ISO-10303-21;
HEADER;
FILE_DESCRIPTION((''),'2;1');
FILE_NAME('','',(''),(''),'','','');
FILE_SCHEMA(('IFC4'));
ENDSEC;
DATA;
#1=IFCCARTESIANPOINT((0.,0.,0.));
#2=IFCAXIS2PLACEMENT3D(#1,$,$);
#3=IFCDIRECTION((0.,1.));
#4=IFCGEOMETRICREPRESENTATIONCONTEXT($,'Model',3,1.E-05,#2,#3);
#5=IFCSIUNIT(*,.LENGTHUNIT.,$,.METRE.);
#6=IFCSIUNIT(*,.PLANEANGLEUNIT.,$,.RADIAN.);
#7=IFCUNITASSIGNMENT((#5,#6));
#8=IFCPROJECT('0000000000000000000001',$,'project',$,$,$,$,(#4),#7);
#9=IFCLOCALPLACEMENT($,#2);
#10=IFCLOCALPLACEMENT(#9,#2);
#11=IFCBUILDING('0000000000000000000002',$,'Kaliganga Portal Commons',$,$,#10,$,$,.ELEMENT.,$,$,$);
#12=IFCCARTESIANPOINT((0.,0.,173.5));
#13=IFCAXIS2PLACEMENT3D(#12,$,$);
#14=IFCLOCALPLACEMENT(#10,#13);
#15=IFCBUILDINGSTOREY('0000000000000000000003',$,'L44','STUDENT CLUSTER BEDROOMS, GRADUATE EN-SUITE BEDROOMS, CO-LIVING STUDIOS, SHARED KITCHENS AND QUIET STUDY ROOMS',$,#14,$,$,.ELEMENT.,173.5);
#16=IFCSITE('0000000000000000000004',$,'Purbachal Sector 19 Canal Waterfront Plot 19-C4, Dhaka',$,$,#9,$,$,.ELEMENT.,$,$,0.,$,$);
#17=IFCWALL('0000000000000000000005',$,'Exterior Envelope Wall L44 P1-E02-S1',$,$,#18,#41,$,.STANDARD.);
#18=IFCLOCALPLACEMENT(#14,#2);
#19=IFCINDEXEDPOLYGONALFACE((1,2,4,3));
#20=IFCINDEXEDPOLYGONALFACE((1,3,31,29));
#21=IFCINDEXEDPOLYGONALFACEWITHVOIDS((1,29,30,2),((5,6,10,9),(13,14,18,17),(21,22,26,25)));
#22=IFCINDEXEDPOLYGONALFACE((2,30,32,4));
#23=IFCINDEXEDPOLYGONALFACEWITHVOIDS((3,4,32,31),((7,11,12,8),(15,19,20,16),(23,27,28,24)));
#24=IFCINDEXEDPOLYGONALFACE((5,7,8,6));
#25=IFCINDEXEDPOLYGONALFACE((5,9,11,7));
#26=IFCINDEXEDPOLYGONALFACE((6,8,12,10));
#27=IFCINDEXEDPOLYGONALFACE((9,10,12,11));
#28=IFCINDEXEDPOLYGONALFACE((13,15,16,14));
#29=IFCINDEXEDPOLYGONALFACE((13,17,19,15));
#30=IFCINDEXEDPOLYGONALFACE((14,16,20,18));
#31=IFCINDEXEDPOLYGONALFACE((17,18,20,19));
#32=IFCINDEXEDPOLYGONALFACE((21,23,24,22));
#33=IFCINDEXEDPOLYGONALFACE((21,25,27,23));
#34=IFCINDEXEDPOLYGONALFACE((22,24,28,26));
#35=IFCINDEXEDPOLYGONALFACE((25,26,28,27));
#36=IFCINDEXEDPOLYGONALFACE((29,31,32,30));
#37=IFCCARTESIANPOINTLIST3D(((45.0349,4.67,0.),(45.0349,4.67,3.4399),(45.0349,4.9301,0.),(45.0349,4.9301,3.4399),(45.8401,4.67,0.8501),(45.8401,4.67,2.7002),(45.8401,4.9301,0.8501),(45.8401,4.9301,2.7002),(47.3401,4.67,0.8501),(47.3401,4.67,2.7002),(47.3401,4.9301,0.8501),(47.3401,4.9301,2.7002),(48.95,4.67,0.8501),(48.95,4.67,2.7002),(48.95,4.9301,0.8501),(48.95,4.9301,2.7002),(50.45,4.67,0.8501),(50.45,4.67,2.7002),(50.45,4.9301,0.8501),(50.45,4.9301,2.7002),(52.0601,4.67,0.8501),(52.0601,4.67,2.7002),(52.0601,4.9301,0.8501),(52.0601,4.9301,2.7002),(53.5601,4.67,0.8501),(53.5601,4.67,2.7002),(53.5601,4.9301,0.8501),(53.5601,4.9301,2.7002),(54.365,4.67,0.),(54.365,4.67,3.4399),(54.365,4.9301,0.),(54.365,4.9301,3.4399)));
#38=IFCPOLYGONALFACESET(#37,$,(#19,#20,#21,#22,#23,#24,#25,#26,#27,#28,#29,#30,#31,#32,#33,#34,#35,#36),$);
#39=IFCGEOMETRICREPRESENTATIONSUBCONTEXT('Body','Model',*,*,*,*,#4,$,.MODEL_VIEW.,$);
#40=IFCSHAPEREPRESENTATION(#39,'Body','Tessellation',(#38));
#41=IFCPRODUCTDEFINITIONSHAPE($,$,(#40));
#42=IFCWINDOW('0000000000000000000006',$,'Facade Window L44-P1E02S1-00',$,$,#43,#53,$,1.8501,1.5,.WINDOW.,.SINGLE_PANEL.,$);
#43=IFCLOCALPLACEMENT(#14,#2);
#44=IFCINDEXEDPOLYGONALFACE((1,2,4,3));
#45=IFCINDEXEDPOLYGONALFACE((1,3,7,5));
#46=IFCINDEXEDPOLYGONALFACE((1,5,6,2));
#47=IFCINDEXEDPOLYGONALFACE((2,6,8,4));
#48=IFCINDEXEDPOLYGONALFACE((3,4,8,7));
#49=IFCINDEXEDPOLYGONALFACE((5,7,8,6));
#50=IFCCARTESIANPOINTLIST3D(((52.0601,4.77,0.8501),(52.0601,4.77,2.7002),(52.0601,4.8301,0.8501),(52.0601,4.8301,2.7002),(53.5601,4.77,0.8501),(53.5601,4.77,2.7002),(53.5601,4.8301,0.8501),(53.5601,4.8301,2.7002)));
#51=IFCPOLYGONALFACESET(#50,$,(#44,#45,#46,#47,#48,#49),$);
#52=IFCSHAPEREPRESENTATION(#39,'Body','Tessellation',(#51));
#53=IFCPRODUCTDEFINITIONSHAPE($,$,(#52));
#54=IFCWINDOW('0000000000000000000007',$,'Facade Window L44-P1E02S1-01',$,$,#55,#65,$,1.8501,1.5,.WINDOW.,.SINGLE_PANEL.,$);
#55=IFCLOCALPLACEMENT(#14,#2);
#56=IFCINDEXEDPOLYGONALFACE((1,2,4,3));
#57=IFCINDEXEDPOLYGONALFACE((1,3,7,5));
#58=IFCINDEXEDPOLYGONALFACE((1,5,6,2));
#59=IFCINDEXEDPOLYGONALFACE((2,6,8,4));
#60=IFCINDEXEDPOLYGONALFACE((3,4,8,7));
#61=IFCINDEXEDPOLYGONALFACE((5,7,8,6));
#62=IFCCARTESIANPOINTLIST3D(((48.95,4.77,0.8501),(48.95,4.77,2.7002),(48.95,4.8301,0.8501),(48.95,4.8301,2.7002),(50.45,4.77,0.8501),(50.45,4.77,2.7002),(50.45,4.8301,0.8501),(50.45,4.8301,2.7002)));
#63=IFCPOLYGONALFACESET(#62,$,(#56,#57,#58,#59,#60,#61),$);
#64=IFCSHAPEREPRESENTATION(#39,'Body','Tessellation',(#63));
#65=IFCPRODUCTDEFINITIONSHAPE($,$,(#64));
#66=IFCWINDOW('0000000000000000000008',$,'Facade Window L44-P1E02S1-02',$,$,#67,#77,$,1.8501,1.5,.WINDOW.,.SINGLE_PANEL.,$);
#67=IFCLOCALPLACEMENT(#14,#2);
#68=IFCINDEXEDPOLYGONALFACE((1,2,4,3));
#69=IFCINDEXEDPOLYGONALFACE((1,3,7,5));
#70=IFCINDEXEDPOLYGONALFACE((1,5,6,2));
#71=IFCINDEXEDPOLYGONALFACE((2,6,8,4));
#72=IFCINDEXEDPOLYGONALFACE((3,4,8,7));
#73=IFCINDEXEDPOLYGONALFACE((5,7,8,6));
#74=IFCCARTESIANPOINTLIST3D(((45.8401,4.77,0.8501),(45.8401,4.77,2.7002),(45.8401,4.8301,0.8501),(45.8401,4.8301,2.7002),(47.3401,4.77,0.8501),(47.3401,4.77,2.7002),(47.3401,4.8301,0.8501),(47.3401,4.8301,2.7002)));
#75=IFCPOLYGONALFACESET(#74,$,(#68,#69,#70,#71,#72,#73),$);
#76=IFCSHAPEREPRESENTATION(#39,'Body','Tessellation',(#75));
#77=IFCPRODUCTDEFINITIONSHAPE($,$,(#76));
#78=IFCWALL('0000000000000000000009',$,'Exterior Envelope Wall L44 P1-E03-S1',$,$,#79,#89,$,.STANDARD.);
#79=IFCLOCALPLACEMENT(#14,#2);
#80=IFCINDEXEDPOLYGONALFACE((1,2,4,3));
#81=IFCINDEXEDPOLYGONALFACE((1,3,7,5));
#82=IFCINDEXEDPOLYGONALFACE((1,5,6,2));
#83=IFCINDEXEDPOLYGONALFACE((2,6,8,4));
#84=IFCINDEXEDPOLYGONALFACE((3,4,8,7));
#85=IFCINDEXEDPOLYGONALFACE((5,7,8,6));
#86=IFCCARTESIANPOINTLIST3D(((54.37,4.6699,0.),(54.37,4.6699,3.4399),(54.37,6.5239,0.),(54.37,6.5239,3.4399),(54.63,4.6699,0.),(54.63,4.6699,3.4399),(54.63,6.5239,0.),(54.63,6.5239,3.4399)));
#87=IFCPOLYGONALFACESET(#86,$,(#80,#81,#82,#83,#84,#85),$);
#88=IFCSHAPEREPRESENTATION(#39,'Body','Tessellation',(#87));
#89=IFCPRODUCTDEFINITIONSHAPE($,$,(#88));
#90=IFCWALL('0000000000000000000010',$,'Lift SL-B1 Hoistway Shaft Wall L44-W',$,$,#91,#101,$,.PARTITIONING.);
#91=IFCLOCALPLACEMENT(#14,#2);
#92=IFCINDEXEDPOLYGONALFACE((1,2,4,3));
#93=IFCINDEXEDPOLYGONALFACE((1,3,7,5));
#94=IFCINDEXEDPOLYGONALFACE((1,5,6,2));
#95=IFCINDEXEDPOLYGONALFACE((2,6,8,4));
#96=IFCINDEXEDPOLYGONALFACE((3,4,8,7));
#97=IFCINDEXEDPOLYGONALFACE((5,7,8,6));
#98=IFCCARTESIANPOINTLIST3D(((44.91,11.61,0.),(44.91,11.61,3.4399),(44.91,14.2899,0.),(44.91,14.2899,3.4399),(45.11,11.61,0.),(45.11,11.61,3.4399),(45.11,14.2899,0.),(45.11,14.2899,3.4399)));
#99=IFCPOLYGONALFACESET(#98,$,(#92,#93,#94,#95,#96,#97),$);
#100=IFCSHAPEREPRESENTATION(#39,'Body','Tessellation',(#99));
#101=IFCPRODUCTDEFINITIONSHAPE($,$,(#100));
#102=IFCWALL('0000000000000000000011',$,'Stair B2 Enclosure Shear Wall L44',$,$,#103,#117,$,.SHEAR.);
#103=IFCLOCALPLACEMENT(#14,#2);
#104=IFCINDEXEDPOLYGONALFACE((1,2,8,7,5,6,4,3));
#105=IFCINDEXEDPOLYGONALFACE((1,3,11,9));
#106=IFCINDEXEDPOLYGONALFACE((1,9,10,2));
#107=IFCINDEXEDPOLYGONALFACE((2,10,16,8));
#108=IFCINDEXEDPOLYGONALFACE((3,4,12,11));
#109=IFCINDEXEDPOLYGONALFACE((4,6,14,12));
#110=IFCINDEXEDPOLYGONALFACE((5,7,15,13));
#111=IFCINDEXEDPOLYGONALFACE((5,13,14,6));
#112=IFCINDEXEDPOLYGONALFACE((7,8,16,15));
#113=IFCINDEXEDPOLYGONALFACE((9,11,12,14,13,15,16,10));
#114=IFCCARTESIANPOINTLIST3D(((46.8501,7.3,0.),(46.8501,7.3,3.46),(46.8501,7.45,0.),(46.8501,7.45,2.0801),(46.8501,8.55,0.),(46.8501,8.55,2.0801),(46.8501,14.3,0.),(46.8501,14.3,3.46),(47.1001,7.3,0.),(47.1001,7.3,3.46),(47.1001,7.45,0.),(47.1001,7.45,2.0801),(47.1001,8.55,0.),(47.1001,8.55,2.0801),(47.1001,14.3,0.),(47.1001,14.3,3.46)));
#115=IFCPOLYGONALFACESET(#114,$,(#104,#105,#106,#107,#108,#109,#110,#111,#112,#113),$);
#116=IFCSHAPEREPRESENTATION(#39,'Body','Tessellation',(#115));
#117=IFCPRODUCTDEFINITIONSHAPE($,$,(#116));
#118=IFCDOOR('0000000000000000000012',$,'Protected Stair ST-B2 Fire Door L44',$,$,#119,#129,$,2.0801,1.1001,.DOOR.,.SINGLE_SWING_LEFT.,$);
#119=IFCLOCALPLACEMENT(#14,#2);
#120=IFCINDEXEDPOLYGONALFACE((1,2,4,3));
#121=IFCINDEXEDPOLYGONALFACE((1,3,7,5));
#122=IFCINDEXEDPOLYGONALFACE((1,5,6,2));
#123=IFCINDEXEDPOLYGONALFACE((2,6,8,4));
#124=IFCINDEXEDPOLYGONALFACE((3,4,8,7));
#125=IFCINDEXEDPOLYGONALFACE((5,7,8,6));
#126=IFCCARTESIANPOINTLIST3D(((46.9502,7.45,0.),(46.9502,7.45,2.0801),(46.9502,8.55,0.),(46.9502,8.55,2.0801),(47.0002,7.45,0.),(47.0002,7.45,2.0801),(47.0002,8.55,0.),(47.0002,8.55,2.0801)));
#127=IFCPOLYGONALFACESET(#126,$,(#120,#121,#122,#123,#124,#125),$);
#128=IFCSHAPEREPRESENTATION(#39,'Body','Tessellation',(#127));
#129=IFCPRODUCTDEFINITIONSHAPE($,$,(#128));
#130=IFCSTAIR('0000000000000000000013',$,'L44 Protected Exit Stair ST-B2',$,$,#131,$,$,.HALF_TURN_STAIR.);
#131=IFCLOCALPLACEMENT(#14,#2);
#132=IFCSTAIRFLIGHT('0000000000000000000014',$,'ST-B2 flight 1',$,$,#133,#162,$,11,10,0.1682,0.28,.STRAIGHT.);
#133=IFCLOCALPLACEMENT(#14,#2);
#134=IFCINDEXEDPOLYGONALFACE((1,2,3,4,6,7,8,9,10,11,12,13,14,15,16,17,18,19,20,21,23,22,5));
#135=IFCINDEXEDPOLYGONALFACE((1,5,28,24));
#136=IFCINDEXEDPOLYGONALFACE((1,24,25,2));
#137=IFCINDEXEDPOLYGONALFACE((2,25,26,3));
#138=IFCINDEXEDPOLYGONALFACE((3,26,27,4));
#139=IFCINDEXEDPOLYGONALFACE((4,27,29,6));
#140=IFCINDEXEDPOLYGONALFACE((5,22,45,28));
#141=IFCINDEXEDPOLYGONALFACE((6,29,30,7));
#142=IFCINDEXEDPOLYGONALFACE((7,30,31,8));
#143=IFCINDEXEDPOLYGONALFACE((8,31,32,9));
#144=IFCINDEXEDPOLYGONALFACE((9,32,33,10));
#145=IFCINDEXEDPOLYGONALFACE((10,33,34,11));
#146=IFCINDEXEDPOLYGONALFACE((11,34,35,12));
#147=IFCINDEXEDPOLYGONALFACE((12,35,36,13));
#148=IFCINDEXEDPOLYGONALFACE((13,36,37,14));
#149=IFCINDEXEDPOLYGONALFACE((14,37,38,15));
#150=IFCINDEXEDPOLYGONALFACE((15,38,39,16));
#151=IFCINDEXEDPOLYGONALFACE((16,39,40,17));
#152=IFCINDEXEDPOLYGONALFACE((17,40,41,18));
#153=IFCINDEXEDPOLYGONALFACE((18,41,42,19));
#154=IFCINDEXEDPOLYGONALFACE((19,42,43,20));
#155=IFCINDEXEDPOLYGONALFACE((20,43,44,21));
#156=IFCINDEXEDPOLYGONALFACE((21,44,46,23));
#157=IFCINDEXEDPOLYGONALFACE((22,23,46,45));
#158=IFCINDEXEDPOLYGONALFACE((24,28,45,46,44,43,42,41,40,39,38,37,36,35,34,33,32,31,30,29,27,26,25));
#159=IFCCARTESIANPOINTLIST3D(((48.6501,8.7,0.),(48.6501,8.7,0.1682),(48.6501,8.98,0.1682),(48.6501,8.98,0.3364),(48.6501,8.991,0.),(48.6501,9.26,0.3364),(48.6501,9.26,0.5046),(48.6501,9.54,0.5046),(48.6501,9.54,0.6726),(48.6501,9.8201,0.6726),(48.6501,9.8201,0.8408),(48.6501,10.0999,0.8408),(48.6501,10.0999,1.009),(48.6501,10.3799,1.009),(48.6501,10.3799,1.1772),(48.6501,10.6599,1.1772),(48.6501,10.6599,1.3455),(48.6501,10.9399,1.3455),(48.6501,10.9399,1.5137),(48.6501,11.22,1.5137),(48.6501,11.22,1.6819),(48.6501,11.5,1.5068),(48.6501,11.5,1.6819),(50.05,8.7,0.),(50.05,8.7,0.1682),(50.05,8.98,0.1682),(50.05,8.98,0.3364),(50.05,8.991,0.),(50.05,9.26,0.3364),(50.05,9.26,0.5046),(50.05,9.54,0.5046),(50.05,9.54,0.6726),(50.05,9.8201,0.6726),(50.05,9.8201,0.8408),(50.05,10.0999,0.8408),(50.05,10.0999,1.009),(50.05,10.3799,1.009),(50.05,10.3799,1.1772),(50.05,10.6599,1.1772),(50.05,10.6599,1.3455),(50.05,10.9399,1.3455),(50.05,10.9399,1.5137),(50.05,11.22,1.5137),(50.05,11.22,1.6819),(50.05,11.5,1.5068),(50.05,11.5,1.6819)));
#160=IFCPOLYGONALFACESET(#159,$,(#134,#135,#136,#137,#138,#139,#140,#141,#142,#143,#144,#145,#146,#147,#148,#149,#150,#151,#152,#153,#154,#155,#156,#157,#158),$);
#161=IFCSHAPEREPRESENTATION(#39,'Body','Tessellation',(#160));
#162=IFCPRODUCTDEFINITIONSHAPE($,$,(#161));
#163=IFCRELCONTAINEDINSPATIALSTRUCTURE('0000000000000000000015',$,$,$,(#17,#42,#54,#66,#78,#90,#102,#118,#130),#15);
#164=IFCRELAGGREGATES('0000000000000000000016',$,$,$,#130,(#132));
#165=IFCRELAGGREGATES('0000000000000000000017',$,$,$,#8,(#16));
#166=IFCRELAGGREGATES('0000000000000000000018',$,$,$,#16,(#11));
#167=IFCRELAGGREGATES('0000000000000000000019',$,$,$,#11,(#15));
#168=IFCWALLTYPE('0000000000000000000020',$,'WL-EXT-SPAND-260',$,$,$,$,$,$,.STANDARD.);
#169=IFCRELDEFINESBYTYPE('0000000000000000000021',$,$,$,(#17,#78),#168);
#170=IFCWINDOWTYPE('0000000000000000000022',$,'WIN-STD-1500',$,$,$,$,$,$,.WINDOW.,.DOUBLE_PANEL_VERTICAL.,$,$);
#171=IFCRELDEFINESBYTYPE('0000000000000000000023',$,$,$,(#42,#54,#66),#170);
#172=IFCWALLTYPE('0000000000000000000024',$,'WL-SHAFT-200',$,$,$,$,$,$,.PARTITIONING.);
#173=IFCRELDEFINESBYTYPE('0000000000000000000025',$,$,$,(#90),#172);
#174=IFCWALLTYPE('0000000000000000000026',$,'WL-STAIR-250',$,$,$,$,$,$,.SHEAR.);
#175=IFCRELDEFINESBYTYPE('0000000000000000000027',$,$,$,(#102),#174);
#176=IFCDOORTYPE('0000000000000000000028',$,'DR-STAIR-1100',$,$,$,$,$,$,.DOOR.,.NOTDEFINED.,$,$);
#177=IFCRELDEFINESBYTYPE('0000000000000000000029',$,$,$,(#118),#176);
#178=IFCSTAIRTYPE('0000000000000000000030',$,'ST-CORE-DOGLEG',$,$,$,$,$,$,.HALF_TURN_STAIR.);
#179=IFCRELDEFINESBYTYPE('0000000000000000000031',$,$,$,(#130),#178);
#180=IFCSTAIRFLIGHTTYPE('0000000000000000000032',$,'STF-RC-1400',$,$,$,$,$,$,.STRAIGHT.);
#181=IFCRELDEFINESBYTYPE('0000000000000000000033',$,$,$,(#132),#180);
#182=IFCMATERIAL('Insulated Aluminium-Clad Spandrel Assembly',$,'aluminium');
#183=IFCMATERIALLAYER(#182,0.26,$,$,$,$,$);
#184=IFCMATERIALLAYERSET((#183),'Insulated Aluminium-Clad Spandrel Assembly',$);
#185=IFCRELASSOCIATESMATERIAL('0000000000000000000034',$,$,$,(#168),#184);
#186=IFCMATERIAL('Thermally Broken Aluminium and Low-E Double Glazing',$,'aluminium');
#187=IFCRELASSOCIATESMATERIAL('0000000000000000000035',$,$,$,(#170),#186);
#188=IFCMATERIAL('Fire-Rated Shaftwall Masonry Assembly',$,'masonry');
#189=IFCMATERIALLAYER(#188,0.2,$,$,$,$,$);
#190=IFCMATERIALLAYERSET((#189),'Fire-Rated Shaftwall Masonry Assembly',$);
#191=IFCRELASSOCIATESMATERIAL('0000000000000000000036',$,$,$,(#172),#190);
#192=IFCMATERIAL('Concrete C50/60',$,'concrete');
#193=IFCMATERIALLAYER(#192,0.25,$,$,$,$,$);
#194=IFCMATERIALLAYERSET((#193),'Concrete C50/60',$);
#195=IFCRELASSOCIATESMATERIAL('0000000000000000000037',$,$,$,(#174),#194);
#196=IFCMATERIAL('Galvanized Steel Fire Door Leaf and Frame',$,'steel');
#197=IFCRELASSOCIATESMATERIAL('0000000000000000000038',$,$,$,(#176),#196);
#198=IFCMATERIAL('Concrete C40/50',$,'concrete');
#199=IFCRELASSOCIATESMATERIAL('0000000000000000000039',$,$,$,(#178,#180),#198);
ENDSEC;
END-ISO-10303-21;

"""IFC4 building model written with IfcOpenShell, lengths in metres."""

from ifc_helpers import new_model, si_unit, direction, frame, frame_2d, origin, place, context, subcontext, project, spatial, polyline, rectangle, outline, extrude, material, layer, layer_set, type_object, element, fill, aggregate, save


model = new_model("IFC4")

# Units and contexts
model_context = context("Model", 3, precision=1e-05, world=origin(), true_north=direction((0.0, 1.0)))
body_context = subcontext(model_context, "Body", "Model", "MODEL_VIEW")
ifc_project = project(units=[si_unit("LENGTHUNIT", "METRE"), si_unit("PLANEANGLEUNIT", "RADIAN")], contexts=[model_context])

# Site, building, storey
site_placement = place(None, origin())
site = spatial("IfcSite", under=ifc_project, at=site_placement, Name="Purbachal Sector 19 Canal Waterfront Plot 19-C4, Dhaka", CompositionType="ELEMENT", RefElevation=0.0)
building_placement = place(site_placement, origin())
building = spatial("IfcBuilding", under=site, at=building_placement, Name="Kaliganga Portal Commons", CompositionType="ELEMENT")
storey_placement = place(building_placement, frame((0.0, 0.0, 173.5)))
storey = spatial("IfcBuildingStorey", under=building, at=storey_placement, Name="L44", Description="STUDENT CLUSTER BEDROOMS, GRADUATE EN-SUITE BEDROOMS, CO-LIVING STUDIOS, SHARED KITCHENS AND QUIET STUDY ROOMS", CompositionType="ELEMENT", Elevation=173.5)

# Wall, openings, windows
ifc_material_1 = material(Name="Insulated Aluminium-Clad Spandrel Assembly", Category="aluminium")
ifc_layer_1 = layer(ifc_material_1, 0.26)
ifc_layer_set_1 = layer_set([ifc_layer_1], Name="Insulated Aluminium-Clad Spandrel Assembly")
wall_type_1 = type_object("IfcWallType", Name="WL-EXT-SPAND-260", PredefinedType="STANDARD", material=ifc_layer_set_1)
wall_1_placement = place(storey_placement, frame((54.365, 4.8, 0.0), z_axis=(0.0, 0.0, 1.0), x_axis=(-1.0, 0.0, 0.0)))
wall_1 = element("IfcWall", 1, at=wall_1_placement, inside=storey, type_object=wall_type_1, Name="Exterior Envelope Wall L44 P1-E02-S1", PredefinedType="STANDARD", context=body_context, shape_type="SweptSolid", body=[
    extrude(rectangle(XDim=9.3301, YDim=0.26, at=frame_2d((4.665, 0.0))), origin(), (0.0, 0.0, 1.0), 3.4399),
])
opening_1_placement = place(wall_1_placement, frame((0.8049, 0.0, 0.8501)))
opening_1 = element("IfcOpeningElement", 2, at=opening_1_placement, cuts=wall_1, PredefinedType="OPENING", context=body_context, shape_type="SweptSolid", body=[
    extrude(rectangle(XDim=1.5, YDim=1.8501, at=frame_2d((0.75, 0.925))), frame((0.0, 0.1401, 0.0), z_axis=(0.0, -1.0, 0.0), x_axis=(1.0, 0.0, 0.0)), (0.0, 0.0, 1.0), 0.28),
])
opening_2_placement = place(wall_1_placement, frame((3.915, 0.0, 0.8501)))
opening_2 = element("IfcOpeningElement", 3, at=opening_2_placement, cuts=wall_1, PredefinedType="OPENING", context=body_context, shape_type="SweptSolid", body=[
    extrude(rectangle(XDim=1.5, YDim=1.8501, at=frame_2d((0.75, 0.925))), frame((0.0, 0.1401, 0.0), z_axis=(0.0, -1.0, 0.0), x_axis=(1.0, 0.0, 0.0)), (0.0, 0.0, 1.0), 0.28),
])
opening_3_placement = place(wall_1_placement, frame((7.0249, 0.0, 0.8501)))
opening_3 = element("IfcOpeningElement", 4, at=opening_3_placement, cuts=wall_1, PredefinedType="OPENING", context=body_context, shape_type="SweptSolid", body=[
    extrude(rectangle(XDim=1.5, YDim=1.8501, at=frame_2d((0.75, 0.925))), frame((0.0, 0.1401, 0.0), z_axis=(0.0, -1.0, 0.0), x_axis=(1.0, 0.0, 0.0)), (0.0, 0.0, 1.0), 0.28),
])
ifc_material_2 = material(Name="Thermally Broken Aluminium and Low-E Double Glazing", Category="aluminium")
window_type = type_object("IfcWindowType", Name="WIN-STD-1500", PartitioningType="DOUBLE_PANEL_VERTICAL", PredefinedType="WINDOW", material=ifc_material_2)
window_1_placement = place(opening_1_placement, origin())
window_1 = element("IfcWindow", 5, at=window_1_placement, inside=storey, type_object=window_type, Name="Facade Window L44-P1E02S1-00", OverallHeight=1.8501, OverallWidth=1.5, PartitioningType="SINGLE_PANEL", PredefinedType="WINDOW", context=body_context, shape_type="SweptSolid", body=[
    extrude(rectangle(XDim=1.5, YDim=1.8501, at=frame_2d((0.75, 0.925))), frame((0.0, 0.03, 0.0), z_axis=(0.0, -1.0, 0.0), x_axis=(1.0, 0.0, 0.0)), (0.0, 0.0, 1.0), 0.0601),
])
fill(opening_1, window_1)
window_2_placement = place(opening_2_placement, origin())
window_2 = element("IfcWindow", 6, at=window_2_placement, inside=storey, type_object=window_type, Name="Facade Window L44-P1E02S1-01", OverallHeight=1.8501, OverallWidth=1.5, PartitioningType="SINGLE_PANEL", PredefinedType="WINDOW", context=body_context, shape_type="SweptSolid", body=[
    extrude(rectangle(XDim=1.5, YDim=1.8501, at=frame_2d((0.75, 0.925))), frame((0.0, 0.03, 0.0), z_axis=(0.0, -1.0, 0.0), x_axis=(1.0, 0.0, 0.0)), (0.0, 0.0, 1.0), 0.0601),
])
fill(opening_2, window_2)
window_3_placement = place(opening_3_placement, origin())
window_3 = element("IfcWindow", 7, at=window_3_placement, inside=storey, type_object=window_type, Name="Facade Window L44-P1E02S1-02", OverallHeight=1.8501, OverallWidth=1.5, PartitioningType="SINGLE_PANEL", PredefinedType="WINDOW", context=body_context, shape_type="SweptSolid", body=[
    extrude(rectangle(XDim=1.5, YDim=1.8501, at=frame_2d((0.75, 0.925))), frame((0.0, 0.03, 0.0), z_axis=(0.0, -1.0, 0.0), x_axis=(1.0, 0.0, 0.0)), (0.0, 0.0, 1.0), 0.0601),
])
fill(opening_3, window_3)

# Walls
wall_2_placement = place(storey_placement, frame((54.5, 6.5239, 0.0), z_axis=(0.0, 0.0, 1.0), x_axis=(0.0, -1.0, 0.0)))
element("IfcWall", 8, at=wall_2_placement, inside=storey, type_object=wall_type_1, Name="Exterior Envelope Wall L44 P1-E03-S1", PredefinedType="STANDARD", context=body_context, shape_type="SweptSolid", body=[
    extrude(rectangle(XDim=1.854, YDim=0.26, at=frame_2d((0.927, 0.0))), origin(), (0.0, 0.0, 1.0), 3.4399),
])
ifc_material_3 = material(Name="Fire-Rated Shaftwall Masonry Assembly", Category="masonry")
ifc_layer_2 = layer(ifc_material_3, 0.2)
ifc_layer_set_2 = layer_set([ifc_layer_2], Name="Fire-Rated Shaftwall Masonry Assembly")
wall_type_2 = type_object("IfcWallType", Name="WL-SHAFT-200", PredefinedType="PARTITIONING", material=ifc_layer_set_2)
wall_3_placement = place(storey_placement, frame((45.01, 11.6101, 0.0), z_axis=(0.0, 0.0, 1.0), x_axis=(0.0, 1.0, 0.0)))
element("IfcWall", 9, at=wall_3_placement, inside=storey, type_object=wall_type_2, Name="Lift SL-B1 Hoistway Shaft Wall L44-W", PredefinedType="PARTITIONING", context=body_context, shape_type="SweptSolid", body=[
    extrude(rectangle(XDim=2.6799, YDim=0.2, at=frame_2d((1.3398, 0.0))), origin(), (0.0, 0.0, 1.0), 3.4399),
])

# Wall, opening, door
ifc_material_4 = material(Name="Concrete C50/60", Category="concrete")
ifc_layer_3 = layer(ifc_material_4, 0.25)
ifc_layer_set_3 = layer_set([ifc_layer_3], Name="Concrete C50/60")
wall_type_3 = type_object("IfcWallType", Name="WL-STAIR-250", PredefinedType="SHEAR", material=ifc_layer_set_3)
wall_4_placement = place(storey_placement, frame((46.9751, 7.3, 0.0), z_axis=(0.0, 0.0, 1.0), x_axis=(0.0, 1.0, 0.0)))
wall_4 = element("IfcWall", 10, at=wall_4_placement, inside=storey, type_object=wall_type_3, Name="Stair B2 Enclosure Shear Wall L44", PredefinedType="SHEAR", context=body_context, shape_type="SweptSolid", body=[
    extrude(rectangle(XDim=7.0, YDim=0.25, at=frame_2d((3.5, 0.0))), origin(), (0.0, 0.0, 1.0), 3.46),
])
opening_4_placement = place(wall_4_placement, frame((0.1499, 0.0, 0.0)))
opening_4 = element("IfcOpeningElement", 11, at=opening_4_placement, cuts=wall_4, PredefinedType="OPENING", context=body_context, shape_type="SweptSolid", body=[
    extrude(rectangle(XDim=1.1001, YDim=2.0801, at=frame_2d((0.55, 1.04))), frame((0.0, 0.135, 0.0), z_axis=(0.0, -1.0, 0.0), x_axis=(1.0, 0.0, 0.0)), (0.0, 0.0, 1.0), 0.27),
])
ifc_material_5 = material(Name="Galvanized Steel Fire Door Leaf and Frame", Category="steel")
door_type = type_object("IfcDoorType", Name="DR-STAIR-1100", OperationType="NOTDEFINED", PredefinedType="DOOR", material=ifc_material_5)
door_placement = place(opening_4_placement, origin())
door = element("IfcDoor", 12, at=door_placement, inside=storey, type_object=door_type, Name="Protected Stair ST-B2 Fire Door L44", OperationType="SINGLE_SWING_LEFT", OverallHeight=2.0801, OverallWidth=1.1001, PredefinedType="DOOR", context=body_context, shape_type="SweptSolid", body=[
    extrude(rectangle(XDim=1.1001, YDim=2.0801, at=frame_2d((0.55, 1.04))), frame((0.0, 0.0249, 0.0), z_axis=(0.0, -1.0, 0.0), x_axis=(1.0, 0.0, 0.0)), (0.0, 0.0, 1.0), 0.05),
])
fill(opening_4, door)

# Stair, stair flight
ifc_material_6 = material(Name="Concrete C40/50", Category="concrete")
stair_type = type_object("IfcStairType", Name="ST-CORE-DOGLEG", PredefinedType="HALF_TURN_STAIR", material=ifc_material_6)
stair_placement = place(storey_placement, origin())
stair = element("IfcStair", 13, at=stair_placement, inside=storey, type_object=stair_type, Name="L44 Protected Exit Stair ST-B2", PredefinedType="HALF_TURN_STAIR")
stair_flight_type = type_object("IfcStairFlightType", Name="STF-RC-1400", PredefinedType="STRAIGHT", material=ifc_material_6)
stair_flight_1_placement = place(storey_placement, frame((49.3501, 8.7, 0.0), z_axis=(0.0, 0.0, 1.0), x_axis=(0.0, 1.0, 0.0)))
stair_flight_1 = element("IfcStairFlight", 14, at=stair_flight_1_placement, type_object=stair_flight_type, Name="ST-B2 flight 1", NumberOfRisers=11, NumberOfTreads=10, PredefinedType="STRAIGHT", RiserHeight=0.1682, TreadLength=0.28, context=body_context, shape_type="SweptSolid", body=[
    extrude(outline(polyline([(0.0, 0.0), (0.0, 0.1682), (0.28, 0.1682), (0.28, 0.3364), (0.5601, 0.3364), (0.5601, 0.5046), (0.8401, 0.5046), (0.8401, 0.6726), (1.1201, 0.6726), (1.1201, 0.8408), (1.3999, 0.8408), (1.3999, 1.009), (1.6799, 1.009), (1.6799, 1.1772), (1.96, 1.1772), (1.96, 1.3455), (2.24, 1.3455), (2.24, 1.5137), (2.52, 1.5137), (2.52, 1.6819), (2.8, 1.6819), (2.8, 1.8501), (2.8, 1.5068), (0.291, 0.0), (0.0, 0.0)])), frame((0.0, 0.7, 0.0), z_axis=(0.0, -1.0, 0.0), x_axis=(1.0, 0.0, 0.0)), (0.0, 0.0, 1.0), 1.3999),
])
aggregate(stair, [stair_flight_1])

save(model, "model.ifc")
